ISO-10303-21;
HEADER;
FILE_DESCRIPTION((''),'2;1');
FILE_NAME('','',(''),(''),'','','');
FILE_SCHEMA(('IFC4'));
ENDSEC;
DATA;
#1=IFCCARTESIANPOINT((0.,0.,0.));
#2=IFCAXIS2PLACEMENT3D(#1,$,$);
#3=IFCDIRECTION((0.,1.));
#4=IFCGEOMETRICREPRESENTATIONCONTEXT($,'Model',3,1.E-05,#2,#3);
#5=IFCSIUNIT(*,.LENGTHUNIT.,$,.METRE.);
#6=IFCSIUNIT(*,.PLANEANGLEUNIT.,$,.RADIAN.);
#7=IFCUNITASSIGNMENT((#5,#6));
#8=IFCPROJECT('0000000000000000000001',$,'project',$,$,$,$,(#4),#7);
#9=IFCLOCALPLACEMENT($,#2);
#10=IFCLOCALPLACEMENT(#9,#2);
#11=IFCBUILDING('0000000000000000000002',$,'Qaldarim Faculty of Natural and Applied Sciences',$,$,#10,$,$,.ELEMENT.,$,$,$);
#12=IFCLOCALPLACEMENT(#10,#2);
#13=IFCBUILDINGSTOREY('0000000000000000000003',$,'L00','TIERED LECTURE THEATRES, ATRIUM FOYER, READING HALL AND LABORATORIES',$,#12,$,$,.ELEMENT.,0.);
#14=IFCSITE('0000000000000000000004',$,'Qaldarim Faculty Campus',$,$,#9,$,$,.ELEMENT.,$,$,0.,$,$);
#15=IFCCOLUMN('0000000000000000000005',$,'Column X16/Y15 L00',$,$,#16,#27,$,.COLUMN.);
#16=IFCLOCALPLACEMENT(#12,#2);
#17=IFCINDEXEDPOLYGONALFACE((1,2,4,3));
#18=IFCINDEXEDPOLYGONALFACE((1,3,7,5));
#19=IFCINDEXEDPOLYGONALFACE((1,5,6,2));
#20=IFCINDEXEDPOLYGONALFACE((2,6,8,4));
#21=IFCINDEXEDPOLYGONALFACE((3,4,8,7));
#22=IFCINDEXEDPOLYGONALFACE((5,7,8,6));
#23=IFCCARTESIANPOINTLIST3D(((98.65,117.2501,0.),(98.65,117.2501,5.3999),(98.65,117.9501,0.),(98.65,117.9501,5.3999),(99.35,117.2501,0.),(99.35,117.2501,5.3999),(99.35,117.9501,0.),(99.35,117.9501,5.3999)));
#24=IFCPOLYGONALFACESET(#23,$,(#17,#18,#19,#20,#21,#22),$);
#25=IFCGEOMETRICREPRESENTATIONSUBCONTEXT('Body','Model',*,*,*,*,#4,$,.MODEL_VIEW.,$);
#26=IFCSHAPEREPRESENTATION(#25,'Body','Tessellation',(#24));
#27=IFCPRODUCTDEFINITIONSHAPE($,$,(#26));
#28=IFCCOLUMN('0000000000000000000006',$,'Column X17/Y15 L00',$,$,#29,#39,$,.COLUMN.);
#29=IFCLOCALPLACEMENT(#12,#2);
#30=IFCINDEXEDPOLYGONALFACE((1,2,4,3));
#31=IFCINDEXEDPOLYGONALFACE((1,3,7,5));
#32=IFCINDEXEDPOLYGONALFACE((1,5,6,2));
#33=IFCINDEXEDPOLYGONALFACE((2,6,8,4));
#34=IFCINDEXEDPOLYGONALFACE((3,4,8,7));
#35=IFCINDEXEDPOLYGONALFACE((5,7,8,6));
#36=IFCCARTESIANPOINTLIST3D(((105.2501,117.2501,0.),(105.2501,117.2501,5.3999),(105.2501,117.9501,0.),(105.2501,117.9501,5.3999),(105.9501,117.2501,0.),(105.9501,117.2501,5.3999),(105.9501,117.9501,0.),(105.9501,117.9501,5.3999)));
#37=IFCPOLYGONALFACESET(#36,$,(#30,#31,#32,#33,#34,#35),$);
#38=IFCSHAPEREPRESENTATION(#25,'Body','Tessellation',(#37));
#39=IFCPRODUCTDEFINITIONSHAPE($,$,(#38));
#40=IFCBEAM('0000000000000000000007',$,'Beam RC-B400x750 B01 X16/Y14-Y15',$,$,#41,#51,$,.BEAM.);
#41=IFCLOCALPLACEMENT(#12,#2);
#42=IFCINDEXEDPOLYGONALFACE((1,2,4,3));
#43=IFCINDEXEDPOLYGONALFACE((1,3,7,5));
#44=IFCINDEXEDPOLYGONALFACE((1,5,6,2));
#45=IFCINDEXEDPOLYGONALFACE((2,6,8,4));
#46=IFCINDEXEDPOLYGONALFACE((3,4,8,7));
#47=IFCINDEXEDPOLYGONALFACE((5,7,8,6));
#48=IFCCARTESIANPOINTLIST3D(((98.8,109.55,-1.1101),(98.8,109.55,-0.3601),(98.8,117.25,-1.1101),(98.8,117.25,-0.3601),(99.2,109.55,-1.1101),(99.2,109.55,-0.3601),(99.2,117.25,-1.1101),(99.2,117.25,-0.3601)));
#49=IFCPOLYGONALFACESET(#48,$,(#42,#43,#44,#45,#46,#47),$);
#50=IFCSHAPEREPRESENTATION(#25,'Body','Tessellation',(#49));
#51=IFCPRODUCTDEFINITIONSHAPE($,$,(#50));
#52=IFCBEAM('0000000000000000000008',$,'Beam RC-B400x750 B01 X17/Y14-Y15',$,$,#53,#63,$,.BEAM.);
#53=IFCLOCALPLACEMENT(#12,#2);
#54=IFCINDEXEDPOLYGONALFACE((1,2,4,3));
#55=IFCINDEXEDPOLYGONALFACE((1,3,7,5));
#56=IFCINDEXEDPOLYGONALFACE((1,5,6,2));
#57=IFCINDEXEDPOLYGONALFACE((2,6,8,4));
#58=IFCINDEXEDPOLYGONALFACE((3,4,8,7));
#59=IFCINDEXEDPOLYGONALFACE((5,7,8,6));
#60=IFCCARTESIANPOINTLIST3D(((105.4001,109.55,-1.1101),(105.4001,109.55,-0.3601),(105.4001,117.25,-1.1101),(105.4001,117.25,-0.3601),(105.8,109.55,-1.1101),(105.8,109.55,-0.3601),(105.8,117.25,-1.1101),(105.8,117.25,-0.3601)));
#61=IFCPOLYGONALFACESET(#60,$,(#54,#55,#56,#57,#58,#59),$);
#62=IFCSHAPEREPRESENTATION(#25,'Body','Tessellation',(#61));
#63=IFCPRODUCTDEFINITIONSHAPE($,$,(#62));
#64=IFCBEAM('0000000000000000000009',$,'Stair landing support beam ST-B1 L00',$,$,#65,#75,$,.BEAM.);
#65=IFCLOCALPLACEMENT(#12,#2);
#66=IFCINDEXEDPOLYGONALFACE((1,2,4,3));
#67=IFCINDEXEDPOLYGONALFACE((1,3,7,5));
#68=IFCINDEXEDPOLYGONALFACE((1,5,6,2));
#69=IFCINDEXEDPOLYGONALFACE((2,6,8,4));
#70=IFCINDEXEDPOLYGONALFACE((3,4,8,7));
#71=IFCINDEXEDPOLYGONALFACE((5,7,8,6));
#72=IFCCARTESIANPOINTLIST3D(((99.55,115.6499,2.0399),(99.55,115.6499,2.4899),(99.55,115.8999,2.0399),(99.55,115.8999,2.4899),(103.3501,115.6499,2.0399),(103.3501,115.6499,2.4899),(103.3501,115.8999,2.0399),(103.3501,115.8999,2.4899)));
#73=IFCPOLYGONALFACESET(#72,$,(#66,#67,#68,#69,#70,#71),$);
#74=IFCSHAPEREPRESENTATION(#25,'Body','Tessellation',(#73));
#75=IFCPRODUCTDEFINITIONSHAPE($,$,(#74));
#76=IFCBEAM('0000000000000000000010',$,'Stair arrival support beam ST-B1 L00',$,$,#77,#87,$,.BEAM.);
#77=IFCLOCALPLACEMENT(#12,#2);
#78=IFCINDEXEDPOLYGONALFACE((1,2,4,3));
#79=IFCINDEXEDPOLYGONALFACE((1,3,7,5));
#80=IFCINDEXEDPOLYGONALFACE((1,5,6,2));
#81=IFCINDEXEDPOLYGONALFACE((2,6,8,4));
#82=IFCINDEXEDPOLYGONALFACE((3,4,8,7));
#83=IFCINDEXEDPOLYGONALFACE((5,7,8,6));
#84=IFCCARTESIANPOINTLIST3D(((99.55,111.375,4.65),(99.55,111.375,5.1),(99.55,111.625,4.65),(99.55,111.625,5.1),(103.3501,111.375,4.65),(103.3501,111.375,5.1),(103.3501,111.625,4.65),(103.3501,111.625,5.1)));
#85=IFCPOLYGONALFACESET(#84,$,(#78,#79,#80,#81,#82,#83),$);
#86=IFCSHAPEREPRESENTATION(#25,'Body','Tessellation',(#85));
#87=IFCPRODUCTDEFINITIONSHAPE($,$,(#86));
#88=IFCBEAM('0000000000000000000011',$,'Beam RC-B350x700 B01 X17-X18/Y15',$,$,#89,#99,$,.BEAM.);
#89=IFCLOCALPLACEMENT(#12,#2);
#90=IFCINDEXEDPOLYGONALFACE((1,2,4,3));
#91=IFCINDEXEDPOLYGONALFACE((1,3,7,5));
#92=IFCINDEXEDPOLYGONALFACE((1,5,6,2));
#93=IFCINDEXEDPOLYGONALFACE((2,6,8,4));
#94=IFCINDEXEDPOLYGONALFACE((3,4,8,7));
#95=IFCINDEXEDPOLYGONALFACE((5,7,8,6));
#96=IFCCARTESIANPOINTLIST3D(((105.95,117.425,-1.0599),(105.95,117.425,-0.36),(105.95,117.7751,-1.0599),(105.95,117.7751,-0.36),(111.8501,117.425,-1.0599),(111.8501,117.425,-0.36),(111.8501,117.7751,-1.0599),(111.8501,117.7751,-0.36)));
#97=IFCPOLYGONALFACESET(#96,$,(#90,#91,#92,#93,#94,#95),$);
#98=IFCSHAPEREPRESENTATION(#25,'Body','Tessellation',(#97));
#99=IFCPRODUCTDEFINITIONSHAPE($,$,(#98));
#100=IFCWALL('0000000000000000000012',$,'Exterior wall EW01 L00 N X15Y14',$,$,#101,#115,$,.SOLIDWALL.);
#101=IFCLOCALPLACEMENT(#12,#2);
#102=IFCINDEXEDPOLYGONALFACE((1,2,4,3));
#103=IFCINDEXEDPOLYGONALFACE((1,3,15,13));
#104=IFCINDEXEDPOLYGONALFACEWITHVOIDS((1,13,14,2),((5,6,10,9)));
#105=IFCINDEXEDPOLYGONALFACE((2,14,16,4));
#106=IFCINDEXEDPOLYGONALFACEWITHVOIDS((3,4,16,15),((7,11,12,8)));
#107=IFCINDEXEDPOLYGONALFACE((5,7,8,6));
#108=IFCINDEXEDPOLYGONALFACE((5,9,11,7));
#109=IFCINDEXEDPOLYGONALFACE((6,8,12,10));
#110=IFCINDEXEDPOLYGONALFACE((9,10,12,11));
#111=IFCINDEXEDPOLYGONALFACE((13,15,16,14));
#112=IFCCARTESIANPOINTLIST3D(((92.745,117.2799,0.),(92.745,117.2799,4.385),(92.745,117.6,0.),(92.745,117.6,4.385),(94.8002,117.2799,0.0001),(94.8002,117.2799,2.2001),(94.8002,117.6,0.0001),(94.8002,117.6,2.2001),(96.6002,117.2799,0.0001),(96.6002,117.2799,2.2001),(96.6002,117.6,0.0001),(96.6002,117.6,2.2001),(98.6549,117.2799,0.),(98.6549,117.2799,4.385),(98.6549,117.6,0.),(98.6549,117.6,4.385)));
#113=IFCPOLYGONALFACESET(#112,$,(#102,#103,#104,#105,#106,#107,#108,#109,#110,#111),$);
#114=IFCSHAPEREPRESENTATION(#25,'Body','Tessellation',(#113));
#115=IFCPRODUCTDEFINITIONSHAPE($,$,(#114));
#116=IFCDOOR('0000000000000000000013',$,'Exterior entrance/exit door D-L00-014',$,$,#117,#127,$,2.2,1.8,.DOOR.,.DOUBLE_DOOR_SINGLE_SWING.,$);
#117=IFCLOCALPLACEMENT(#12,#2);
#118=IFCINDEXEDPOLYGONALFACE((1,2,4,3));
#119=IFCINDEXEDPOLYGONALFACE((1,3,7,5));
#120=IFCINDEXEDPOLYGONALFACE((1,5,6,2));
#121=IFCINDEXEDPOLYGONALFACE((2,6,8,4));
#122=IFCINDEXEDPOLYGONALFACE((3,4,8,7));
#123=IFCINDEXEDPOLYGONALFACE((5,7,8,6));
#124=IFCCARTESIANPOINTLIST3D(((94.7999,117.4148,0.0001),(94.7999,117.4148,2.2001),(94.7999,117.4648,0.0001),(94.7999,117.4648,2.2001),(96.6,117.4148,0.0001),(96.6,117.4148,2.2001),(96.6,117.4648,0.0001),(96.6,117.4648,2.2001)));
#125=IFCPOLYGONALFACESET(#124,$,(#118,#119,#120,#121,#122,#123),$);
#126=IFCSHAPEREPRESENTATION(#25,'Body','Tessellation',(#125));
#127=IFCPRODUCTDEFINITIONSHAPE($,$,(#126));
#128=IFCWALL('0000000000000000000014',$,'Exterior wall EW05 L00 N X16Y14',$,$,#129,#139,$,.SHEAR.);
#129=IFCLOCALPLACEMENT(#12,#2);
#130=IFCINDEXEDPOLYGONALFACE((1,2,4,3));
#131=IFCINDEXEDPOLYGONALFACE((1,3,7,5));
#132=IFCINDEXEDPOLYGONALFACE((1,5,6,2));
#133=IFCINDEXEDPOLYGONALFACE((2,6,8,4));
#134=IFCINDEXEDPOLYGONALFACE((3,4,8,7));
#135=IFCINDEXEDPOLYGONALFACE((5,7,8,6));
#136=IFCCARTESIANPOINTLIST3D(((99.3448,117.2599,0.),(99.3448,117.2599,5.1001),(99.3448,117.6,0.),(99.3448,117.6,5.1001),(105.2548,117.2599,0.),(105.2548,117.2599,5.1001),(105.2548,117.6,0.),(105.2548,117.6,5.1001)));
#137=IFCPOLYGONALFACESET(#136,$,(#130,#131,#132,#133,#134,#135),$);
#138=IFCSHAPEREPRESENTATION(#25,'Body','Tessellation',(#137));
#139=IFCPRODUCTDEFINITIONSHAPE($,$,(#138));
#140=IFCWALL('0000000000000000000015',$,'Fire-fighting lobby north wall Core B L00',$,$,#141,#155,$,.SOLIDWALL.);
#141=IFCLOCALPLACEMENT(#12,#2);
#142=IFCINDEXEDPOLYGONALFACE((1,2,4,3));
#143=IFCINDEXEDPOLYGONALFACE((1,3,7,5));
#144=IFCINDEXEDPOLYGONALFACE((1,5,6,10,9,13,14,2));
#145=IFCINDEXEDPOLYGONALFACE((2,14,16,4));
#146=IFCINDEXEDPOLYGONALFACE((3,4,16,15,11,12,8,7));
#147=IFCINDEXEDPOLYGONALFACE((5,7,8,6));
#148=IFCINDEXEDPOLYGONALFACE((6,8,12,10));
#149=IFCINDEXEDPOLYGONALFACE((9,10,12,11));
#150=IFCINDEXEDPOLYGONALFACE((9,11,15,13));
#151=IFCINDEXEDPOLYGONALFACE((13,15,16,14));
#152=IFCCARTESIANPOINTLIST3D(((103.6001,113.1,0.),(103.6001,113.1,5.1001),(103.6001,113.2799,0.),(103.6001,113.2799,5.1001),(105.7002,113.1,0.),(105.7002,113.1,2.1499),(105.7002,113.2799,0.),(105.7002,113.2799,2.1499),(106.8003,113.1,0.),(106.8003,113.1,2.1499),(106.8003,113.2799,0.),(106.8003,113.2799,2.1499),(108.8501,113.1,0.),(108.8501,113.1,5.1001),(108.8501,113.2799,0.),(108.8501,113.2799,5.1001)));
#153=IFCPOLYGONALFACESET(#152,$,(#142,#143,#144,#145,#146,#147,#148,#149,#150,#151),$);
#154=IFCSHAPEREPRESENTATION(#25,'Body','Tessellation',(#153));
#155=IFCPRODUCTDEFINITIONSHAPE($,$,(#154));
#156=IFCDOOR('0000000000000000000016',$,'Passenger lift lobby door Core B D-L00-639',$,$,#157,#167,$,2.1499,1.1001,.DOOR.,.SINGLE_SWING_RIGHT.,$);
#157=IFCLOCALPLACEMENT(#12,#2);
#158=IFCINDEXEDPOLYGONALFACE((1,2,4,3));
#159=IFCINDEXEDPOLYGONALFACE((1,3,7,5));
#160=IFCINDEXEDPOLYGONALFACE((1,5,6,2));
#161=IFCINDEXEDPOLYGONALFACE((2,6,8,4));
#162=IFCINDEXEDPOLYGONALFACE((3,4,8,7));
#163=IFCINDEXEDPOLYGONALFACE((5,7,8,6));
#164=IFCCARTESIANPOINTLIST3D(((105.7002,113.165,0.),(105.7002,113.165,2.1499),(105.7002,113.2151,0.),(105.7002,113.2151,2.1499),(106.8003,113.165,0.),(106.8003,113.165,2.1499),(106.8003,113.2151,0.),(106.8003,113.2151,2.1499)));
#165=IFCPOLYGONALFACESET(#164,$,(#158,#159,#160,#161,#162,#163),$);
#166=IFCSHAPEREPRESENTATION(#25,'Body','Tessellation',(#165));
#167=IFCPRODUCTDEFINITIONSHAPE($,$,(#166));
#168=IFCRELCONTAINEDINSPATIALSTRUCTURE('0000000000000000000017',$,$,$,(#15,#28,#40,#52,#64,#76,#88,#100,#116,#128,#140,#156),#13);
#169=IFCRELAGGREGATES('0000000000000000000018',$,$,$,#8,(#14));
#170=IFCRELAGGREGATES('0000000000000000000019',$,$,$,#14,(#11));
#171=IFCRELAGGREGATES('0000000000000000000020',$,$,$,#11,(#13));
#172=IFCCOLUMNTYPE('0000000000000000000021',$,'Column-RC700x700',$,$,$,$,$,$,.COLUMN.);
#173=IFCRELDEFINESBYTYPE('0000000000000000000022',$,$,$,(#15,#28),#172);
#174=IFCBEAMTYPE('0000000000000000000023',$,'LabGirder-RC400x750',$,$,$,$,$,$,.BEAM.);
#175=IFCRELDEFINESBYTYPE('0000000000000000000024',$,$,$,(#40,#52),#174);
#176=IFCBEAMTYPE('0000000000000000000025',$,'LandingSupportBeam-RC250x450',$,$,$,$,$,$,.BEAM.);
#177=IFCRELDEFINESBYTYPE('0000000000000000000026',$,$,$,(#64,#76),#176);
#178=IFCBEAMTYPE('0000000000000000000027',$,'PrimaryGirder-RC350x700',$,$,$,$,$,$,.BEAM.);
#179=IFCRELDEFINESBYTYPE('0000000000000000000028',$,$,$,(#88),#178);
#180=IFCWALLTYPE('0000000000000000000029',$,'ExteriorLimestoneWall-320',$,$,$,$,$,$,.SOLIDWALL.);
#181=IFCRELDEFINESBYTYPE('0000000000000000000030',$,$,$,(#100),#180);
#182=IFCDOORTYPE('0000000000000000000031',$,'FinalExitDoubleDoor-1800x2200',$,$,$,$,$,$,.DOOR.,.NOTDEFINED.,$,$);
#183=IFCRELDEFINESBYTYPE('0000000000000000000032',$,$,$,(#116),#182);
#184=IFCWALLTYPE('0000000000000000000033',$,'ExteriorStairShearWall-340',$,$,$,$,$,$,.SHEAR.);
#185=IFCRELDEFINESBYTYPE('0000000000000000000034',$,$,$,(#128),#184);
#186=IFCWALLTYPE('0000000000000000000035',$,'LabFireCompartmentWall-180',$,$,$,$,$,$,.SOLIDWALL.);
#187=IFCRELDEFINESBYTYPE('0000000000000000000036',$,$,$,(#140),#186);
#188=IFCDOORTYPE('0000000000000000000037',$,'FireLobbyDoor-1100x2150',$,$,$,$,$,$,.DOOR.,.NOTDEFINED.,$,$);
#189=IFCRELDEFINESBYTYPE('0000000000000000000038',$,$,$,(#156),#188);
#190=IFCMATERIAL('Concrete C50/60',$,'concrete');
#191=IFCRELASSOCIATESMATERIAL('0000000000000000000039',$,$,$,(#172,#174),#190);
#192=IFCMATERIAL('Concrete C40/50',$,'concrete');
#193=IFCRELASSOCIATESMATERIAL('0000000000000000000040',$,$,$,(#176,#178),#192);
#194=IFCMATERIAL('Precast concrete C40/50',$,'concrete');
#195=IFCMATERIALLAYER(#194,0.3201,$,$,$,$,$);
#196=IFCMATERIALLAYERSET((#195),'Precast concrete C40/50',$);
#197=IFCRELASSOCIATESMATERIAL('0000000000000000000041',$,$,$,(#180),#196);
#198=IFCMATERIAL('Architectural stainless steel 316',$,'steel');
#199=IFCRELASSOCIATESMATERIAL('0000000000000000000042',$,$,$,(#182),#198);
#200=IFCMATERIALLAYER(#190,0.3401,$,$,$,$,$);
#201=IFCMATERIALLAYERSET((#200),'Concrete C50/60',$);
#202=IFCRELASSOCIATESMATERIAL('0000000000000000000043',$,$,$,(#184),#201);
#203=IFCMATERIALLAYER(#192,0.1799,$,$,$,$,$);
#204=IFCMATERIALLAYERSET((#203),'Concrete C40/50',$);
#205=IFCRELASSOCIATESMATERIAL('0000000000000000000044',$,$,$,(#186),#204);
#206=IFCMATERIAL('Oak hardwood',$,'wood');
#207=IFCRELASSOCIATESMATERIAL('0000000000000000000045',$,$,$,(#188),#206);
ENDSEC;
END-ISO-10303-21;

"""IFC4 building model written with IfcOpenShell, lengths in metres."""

from ifc_helpers import new_model, si_unit, direction, frame, frame_2d, origin, origin_2d, place, context, subcontext, project, spatial, rectangle, extrude, material, layer, layer_set, material_profile, profile_set, type_object, element, fill, save


model = new_model("IFC4")

# Units and contexts
model_context = context("Model", 3, precision=1e-05, world=origin(), true_north=direction((0.0, 1.0)))
body_context = subcontext(model_context, "Body", "Model", "MODEL_VIEW")
ifc_project = project(units=[si_unit("LENGTHUNIT", "METRE"), si_unit("PLANEANGLEUNIT", "RADIAN")], contexts=[model_context])

# Site, building, storey
site_placement = place(None, origin())
site = spatial("IfcSite", under=ifc_project, at=site_placement, Name="Qaldarim Faculty Campus", CompositionType="ELEMENT", RefElevation=0.0)
building_placement = place(site_placement, origin())
building = spatial("IfcBuilding", under=site, at=building_placement, Name="Qaldarim Faculty of Natural and Applied Sciences", CompositionType="ELEMENT")
storey_placement = place(building_placement, origin())
storey = spatial("IfcBuildingStorey", under=building, at=storey_placement, Name="L00", Description="TIERED LECTURE THEATRES, ATRIUM FOYER, READING HALL AND LABORATORIES", CompositionType="ELEMENT", Elevation=0.0)

# Columns
ifc_material_1 = material(Name="Concrete C50/60", Category="concrete")
ifc_material_profile_1 = material_profile(ifc_material_1, rectangle(XDim=0.7, YDim=0.7, at=origin_2d()), Name="RC-C700x700")
ifc_profile_set_1 = profile_set([ifc_material_profile_1], Name="Concrete C50/60")
column_type = type_object("IfcColumnType", Name="Column-RC700x700", PredefinedType="COLUMN", material=ifc_profile_set_1)
for number, where, z_axis, x_axis, name in (
    (1, (99.0, 117.6001, 0.0), (0.0, 0.0, 1.0), (1.0, 0.0, 0.0), "Column X16/Y15 L00"),
    (2, (105.6001, 117.6001, 0.0), (0.0, 0.0, 1.0), (1.0, 0.0, 0.0), "Column X17/Y15 L00"),
):
    element("IfcColumn", number, at=place(storey_placement, frame(where, z_axis=z_axis, x_axis=x_axis)), inside=storey, type_object=column_type, Name=name, PredefinedType="COLUMN", context=body_context, shape_type="SweptSolid", body=[
        extrude(rectangle(XDim=0.7, YDim=0.7, at=origin_2d()), origin(), (0.0, 0.0, 1.0), 5.3999),
    ])

# Beams
ifc_material_profile_2 = material_profile(ifc_material_1, rectangle(XDim=0.3999, YDim=0.75, at=origin_2d()), Name="RC-B400x750")
ifc_profile_set_2 = profile_set([ifc_material_profile_2], Name="Concrete C50/60")
beam_type_1 = type_object("IfcBeamType", Name="LabGirder-RC400x750", PredefinedType="BEAM", material=ifc_profile_set_2)
for number, where, z_axis, x_axis, name in (
    (3, (99.0, 109.55, -0.7351), (0.0, 1.0, 0.0), (-1.0, 0.0, 0.0), "Beam RC-B400x750 B01 X16/Y14-Y15"),
    (4, (105.6001, 109.55, -0.7351), (0.0, 1.0, 0.0), (-1.0, 0.0, 0.0), "Beam RC-B400x750 B01 X17/Y14-Y15"),
):
    element("IfcBeam", number, at=place(storey_placement, frame(where, z_axis=z_axis, x_axis=x_axis)), inside=storey, type_object=beam_type_1, Name=name, PredefinedType="BEAM", context=body_context, shape_type="SweptSolid", body=[
        extrude(rectangle(XDim=0.3999, YDim=0.75, at=origin_2d()), origin(), (0.0, 0.0, 1.0), 7.7),
    ])
ifc_material_2 = material(Name="Concrete C40/50", Category="concrete")
ifc_material_profile_3 = material_profile(ifc_material_2, rectangle(XDim=0.25, YDim=0.45, at=origin_2d()), Name="RC-LN250x450")
ifc_profile_set_3 = profile_set([ifc_material_profile_3], Name="Concrete C40/50")
beam_type_2 = type_object("IfcBeamType", Name="LandingSupportBeam-RC250x450", PredefinedType="BEAM", material=ifc_profile_set_3)
for number, where, z_axis, x_axis, name in (
    (5, (99.55, 115.7749, 2.2649), (1.0, 0.0, 0.0), (0.0, 1.0, 0.0), "Stair landing support beam ST-B1 L00"),
    (6, (99.55, 111.5, 4.875), (1.0, 0.0, 0.0), (0.0, 1.0, 0.0), "Stair arrival support beam ST-B1 L00"),
):
    element("IfcBeam", number, at=place(storey_placement, frame(where, z_axis=z_axis, x_axis=x_axis)), inside=storey, type_object=beam_type_2, Name=name, PredefinedType="BEAM", context=body_context, shape_type="SweptSolid", body=[
        extrude(rectangle(XDim=0.25, YDim=0.45, at=origin_2d()), origin(), (0.0, 0.0, 1.0), 3.8),
    ])
ifc_material_profile_4 = material_profile(ifc_material_2, rectangle(XDim=0.3501, YDim=0.7, at=origin_2d()), Name="RC-B350x700")
ifc_profile_set_4 = profile_set([ifc_material_profile_4], Name="Concrete C40/50")
beam_type_3 = type_object("IfcBeamType", Name="PrimaryGirder-RC350x700", PredefinedType="BEAM", material=ifc_profile_set_4)
beam_placement = place(storey_placement, frame((105.95, 117.6001, -0.71), z_axis=(1.0, 0.0, 0.0), x_axis=(0.0, 1.0, 0.0)))
element("IfcBeam", 7, at=beam_placement, inside=storey, type_object=beam_type_3, Name="Beam RC-B350x700 B01 X17-X18/Y15", PredefinedType="BEAM", context=body_context, shape_type="SweptSolid", body=[
    extrude(rectangle(XDim=0.3501, YDim=0.7, at=origin_2d()), origin(), (0.0, 0.0, 1.0), 5.9001),
])

# Wall, opening, door
ifc_material_3 = material(Name="Precast concrete C40/50", Category="concrete")
ifc_layer_1 = layer(ifc_material_3, 0.3201)
ifc_layer_set_1 = layer_set([ifc_layer_1], Name="Precast concrete C40/50")
wall_type_1 = type_object("IfcWallType", Name="ExteriorLimestoneWall-320", PredefinedType="SOLIDWALL", material=ifc_layer_set_1)
wall_1_placement = place(storey_placement, frame((98.655, 117.4399, 0.0), z_axis=(0.0, 0.0, 1.0), x_axis=(-1.0, 0.0, 0.0)))
wall_1 = element("IfcWall", 8, at=wall_1_placement, inside=storey, type_object=wall_type_1, Name="Exterior wall EW01 L00 N X15Y14", PredefinedType="SOLIDWALL", context=body_context, shape_type="SweptSolid", body=[
    extrude(rectangle(XDim=5.9099, YDim=0.3201, at=frame_2d((2.9551, 0.0))), origin(), (0.0, 0.0, 1.0), 4.385),
])
opening_1_placement = place(wall_1_placement, frame((2.0549, 0.0, 0.0)))
opening_1 = element("IfcOpeningElement", 9, at=opening_1_placement, cuts=wall_1, PredefinedType="OPENING", context=body_context, shape_type="SweptSolid", body=[
    extrude(rectangle(XDim=1.8, YDim=2.2, at=frame_2d((0.8999, 1.1001))), frame((0.0, 0.1699, 0.0), z_axis=(0.0, -1.0, 0.0), x_axis=(1.0, 0.0, 0.0)), (0.0, 0.0, 1.0), 0.3401),
])
ifc_material_4 = material(Name="Architectural stainless steel 316", Category="steel")
door_type_1 = type_object("IfcDoorType", Name="FinalExitDoubleDoor-1800x2200", OperationType="NOTDEFINED", PredefinedType="DOOR", material=ifc_material_4)
door_1_placement = place(opening_1_placement, frame((1.8, 0.0, 0.0), z_axis=(0.0, 0.0, 1.0), x_axis=(-1.0, 0.0, 0.0)))
door_1 = element("IfcDoor", 10, at=door_1_placement, inside=storey, type_object=door_type_1, Name="Exterior entrance/exit door D-L00-014", OperationType="DOUBLE_DOOR_SINGLE_SWING", OverallHeight=2.2, OverallWidth=1.8, PredefinedType="DOOR", context=body_context, shape_type="SweptSolid", body=[
    extrude(rectangle(XDim=1.8, YDim=2.2, at=frame_2d((0.8999, 1.1001))), frame((0.0, 0.0249, 0.0), z_axis=(0.0, -1.0, 0.0), x_axis=(1.0, 0.0, 0.0)), (0.0, 0.0, 1.0), 0.05),
])
fill(opening_1, door_1)

# Wall
ifc_layer_2 = layer(ifc_material_1, 0.3401)
ifc_layer_set_2 = layer_set([ifc_layer_2], Name="Concrete C50/60")
wall_type_2 = type_object("IfcWallType", Name="ExteriorStairShearWall-340", PredefinedType="SHEAR", material=ifc_layer_set_2)
wall_2_placement = place(storey_placement, frame((105.2549, 117.4299, 0.0), z_axis=(0.0, 0.0, 1.0), x_axis=(-1.0, 0.0, 0.0)))
element("IfcWall", 11, at=wall_2_placement, inside=storey, type_object=wall_type_2, Name="Exterior wall EW05 L00 N X16Y14", PredefinedType="SHEAR", context=body_context, shape_type="SweptSolid", body=[
    extrude(rectangle(XDim=5.9099, YDim=0.3401, at=frame_2d((2.9551, 0.0))), origin(), (0.0, 0.0, 1.0), 5.1001),
])

# Wall, opening, door
ifc_layer_3 = layer(ifc_material_2, 0.1799)
ifc_layer_set_3 = layer_set([ifc_layer_3], Name="Concrete C40/50")
wall_type_3 = type_object("IfcWallType", Name="LabFireCompartmentWall-180", PredefinedType="SOLIDWALL", material=ifc_layer_set_3)
wall_3_placement = place(storey_placement, frame((103.6001, 113.1899, 0.0), z_axis=(0.0, 0.0, 1.0), x_axis=(1.0, 0.0, 0.0)))
wall_3 = element("IfcWall", 12, at=wall_3_placement, inside=storey, type_object=wall_type_3, Name="Fire-fighting lobby north wall Core B L00", PredefinedType="SOLIDWALL", context=body_context, shape_type="SweptSolid", body=[
    extrude(rectangle(XDim=5.25, YDim=0.1799, at=frame_2d((2.625, 0.0))), origin(), (0.0, 0.0, 1.0), 5.1001),
])
opening_2_placement = place(wall_3_placement, frame((2.1001, 0.0, 0.0)))
opening_2 = element("IfcOpeningElement", 13, at=opening_2_placement, cuts=wall_3, PredefinedType="OPENING", context=body_context, shape_type="SweptSolid", body=[
    extrude(rectangle(XDim=1.1001, YDim=2.1499, at=frame_2d((0.55, 1.075))), frame((0.0, 0.0999, 0.0), z_axis=(0.0, -1.0, 0.0), x_axis=(1.0, 0.0, 0.0)), (0.0, 0.0, 1.0), 0.2),
])
ifc_material_5 = material(Name="Oak hardwood", Category="wood")
door_type_2 = type_object("IfcDoorType", Name="FireLobbyDoor-1100x2150", OperationType="NOTDEFINED", PredefinedType="DOOR", material=ifc_material_5)
door_2_placement = place(opening_2_placement, frame((1.1001, 0.0, 0.0), z_axis=(0.0, 0.0, 1.0), x_axis=(-1.0, 0.0, 0.0)))
door_2 = element("IfcDoor", 14, at=door_2_placement, inside=storey, type_object=door_type_2, Name="Passenger lift lobby door Core B D-L00-639", OperationType="SINGLE_SWING_RIGHT", OverallHeight=2.1499, OverallWidth=1.1001, PredefinedType="DOOR", context=body_context, shape_type="SweptSolid", body=[
    extrude(rectangle(XDim=1.1001, YDim=2.1499, at=frame_2d((0.55, 1.075))), frame((0.0, 0.0249, 0.0), z_axis=(0.0, -1.0, 0.0), x_axis=(1.0, 0.0, 0.0)), (0.0, 0.0, 1.0), 0.05),
])
fill(opening_2, door_2)

save(model, "model.ifc")
